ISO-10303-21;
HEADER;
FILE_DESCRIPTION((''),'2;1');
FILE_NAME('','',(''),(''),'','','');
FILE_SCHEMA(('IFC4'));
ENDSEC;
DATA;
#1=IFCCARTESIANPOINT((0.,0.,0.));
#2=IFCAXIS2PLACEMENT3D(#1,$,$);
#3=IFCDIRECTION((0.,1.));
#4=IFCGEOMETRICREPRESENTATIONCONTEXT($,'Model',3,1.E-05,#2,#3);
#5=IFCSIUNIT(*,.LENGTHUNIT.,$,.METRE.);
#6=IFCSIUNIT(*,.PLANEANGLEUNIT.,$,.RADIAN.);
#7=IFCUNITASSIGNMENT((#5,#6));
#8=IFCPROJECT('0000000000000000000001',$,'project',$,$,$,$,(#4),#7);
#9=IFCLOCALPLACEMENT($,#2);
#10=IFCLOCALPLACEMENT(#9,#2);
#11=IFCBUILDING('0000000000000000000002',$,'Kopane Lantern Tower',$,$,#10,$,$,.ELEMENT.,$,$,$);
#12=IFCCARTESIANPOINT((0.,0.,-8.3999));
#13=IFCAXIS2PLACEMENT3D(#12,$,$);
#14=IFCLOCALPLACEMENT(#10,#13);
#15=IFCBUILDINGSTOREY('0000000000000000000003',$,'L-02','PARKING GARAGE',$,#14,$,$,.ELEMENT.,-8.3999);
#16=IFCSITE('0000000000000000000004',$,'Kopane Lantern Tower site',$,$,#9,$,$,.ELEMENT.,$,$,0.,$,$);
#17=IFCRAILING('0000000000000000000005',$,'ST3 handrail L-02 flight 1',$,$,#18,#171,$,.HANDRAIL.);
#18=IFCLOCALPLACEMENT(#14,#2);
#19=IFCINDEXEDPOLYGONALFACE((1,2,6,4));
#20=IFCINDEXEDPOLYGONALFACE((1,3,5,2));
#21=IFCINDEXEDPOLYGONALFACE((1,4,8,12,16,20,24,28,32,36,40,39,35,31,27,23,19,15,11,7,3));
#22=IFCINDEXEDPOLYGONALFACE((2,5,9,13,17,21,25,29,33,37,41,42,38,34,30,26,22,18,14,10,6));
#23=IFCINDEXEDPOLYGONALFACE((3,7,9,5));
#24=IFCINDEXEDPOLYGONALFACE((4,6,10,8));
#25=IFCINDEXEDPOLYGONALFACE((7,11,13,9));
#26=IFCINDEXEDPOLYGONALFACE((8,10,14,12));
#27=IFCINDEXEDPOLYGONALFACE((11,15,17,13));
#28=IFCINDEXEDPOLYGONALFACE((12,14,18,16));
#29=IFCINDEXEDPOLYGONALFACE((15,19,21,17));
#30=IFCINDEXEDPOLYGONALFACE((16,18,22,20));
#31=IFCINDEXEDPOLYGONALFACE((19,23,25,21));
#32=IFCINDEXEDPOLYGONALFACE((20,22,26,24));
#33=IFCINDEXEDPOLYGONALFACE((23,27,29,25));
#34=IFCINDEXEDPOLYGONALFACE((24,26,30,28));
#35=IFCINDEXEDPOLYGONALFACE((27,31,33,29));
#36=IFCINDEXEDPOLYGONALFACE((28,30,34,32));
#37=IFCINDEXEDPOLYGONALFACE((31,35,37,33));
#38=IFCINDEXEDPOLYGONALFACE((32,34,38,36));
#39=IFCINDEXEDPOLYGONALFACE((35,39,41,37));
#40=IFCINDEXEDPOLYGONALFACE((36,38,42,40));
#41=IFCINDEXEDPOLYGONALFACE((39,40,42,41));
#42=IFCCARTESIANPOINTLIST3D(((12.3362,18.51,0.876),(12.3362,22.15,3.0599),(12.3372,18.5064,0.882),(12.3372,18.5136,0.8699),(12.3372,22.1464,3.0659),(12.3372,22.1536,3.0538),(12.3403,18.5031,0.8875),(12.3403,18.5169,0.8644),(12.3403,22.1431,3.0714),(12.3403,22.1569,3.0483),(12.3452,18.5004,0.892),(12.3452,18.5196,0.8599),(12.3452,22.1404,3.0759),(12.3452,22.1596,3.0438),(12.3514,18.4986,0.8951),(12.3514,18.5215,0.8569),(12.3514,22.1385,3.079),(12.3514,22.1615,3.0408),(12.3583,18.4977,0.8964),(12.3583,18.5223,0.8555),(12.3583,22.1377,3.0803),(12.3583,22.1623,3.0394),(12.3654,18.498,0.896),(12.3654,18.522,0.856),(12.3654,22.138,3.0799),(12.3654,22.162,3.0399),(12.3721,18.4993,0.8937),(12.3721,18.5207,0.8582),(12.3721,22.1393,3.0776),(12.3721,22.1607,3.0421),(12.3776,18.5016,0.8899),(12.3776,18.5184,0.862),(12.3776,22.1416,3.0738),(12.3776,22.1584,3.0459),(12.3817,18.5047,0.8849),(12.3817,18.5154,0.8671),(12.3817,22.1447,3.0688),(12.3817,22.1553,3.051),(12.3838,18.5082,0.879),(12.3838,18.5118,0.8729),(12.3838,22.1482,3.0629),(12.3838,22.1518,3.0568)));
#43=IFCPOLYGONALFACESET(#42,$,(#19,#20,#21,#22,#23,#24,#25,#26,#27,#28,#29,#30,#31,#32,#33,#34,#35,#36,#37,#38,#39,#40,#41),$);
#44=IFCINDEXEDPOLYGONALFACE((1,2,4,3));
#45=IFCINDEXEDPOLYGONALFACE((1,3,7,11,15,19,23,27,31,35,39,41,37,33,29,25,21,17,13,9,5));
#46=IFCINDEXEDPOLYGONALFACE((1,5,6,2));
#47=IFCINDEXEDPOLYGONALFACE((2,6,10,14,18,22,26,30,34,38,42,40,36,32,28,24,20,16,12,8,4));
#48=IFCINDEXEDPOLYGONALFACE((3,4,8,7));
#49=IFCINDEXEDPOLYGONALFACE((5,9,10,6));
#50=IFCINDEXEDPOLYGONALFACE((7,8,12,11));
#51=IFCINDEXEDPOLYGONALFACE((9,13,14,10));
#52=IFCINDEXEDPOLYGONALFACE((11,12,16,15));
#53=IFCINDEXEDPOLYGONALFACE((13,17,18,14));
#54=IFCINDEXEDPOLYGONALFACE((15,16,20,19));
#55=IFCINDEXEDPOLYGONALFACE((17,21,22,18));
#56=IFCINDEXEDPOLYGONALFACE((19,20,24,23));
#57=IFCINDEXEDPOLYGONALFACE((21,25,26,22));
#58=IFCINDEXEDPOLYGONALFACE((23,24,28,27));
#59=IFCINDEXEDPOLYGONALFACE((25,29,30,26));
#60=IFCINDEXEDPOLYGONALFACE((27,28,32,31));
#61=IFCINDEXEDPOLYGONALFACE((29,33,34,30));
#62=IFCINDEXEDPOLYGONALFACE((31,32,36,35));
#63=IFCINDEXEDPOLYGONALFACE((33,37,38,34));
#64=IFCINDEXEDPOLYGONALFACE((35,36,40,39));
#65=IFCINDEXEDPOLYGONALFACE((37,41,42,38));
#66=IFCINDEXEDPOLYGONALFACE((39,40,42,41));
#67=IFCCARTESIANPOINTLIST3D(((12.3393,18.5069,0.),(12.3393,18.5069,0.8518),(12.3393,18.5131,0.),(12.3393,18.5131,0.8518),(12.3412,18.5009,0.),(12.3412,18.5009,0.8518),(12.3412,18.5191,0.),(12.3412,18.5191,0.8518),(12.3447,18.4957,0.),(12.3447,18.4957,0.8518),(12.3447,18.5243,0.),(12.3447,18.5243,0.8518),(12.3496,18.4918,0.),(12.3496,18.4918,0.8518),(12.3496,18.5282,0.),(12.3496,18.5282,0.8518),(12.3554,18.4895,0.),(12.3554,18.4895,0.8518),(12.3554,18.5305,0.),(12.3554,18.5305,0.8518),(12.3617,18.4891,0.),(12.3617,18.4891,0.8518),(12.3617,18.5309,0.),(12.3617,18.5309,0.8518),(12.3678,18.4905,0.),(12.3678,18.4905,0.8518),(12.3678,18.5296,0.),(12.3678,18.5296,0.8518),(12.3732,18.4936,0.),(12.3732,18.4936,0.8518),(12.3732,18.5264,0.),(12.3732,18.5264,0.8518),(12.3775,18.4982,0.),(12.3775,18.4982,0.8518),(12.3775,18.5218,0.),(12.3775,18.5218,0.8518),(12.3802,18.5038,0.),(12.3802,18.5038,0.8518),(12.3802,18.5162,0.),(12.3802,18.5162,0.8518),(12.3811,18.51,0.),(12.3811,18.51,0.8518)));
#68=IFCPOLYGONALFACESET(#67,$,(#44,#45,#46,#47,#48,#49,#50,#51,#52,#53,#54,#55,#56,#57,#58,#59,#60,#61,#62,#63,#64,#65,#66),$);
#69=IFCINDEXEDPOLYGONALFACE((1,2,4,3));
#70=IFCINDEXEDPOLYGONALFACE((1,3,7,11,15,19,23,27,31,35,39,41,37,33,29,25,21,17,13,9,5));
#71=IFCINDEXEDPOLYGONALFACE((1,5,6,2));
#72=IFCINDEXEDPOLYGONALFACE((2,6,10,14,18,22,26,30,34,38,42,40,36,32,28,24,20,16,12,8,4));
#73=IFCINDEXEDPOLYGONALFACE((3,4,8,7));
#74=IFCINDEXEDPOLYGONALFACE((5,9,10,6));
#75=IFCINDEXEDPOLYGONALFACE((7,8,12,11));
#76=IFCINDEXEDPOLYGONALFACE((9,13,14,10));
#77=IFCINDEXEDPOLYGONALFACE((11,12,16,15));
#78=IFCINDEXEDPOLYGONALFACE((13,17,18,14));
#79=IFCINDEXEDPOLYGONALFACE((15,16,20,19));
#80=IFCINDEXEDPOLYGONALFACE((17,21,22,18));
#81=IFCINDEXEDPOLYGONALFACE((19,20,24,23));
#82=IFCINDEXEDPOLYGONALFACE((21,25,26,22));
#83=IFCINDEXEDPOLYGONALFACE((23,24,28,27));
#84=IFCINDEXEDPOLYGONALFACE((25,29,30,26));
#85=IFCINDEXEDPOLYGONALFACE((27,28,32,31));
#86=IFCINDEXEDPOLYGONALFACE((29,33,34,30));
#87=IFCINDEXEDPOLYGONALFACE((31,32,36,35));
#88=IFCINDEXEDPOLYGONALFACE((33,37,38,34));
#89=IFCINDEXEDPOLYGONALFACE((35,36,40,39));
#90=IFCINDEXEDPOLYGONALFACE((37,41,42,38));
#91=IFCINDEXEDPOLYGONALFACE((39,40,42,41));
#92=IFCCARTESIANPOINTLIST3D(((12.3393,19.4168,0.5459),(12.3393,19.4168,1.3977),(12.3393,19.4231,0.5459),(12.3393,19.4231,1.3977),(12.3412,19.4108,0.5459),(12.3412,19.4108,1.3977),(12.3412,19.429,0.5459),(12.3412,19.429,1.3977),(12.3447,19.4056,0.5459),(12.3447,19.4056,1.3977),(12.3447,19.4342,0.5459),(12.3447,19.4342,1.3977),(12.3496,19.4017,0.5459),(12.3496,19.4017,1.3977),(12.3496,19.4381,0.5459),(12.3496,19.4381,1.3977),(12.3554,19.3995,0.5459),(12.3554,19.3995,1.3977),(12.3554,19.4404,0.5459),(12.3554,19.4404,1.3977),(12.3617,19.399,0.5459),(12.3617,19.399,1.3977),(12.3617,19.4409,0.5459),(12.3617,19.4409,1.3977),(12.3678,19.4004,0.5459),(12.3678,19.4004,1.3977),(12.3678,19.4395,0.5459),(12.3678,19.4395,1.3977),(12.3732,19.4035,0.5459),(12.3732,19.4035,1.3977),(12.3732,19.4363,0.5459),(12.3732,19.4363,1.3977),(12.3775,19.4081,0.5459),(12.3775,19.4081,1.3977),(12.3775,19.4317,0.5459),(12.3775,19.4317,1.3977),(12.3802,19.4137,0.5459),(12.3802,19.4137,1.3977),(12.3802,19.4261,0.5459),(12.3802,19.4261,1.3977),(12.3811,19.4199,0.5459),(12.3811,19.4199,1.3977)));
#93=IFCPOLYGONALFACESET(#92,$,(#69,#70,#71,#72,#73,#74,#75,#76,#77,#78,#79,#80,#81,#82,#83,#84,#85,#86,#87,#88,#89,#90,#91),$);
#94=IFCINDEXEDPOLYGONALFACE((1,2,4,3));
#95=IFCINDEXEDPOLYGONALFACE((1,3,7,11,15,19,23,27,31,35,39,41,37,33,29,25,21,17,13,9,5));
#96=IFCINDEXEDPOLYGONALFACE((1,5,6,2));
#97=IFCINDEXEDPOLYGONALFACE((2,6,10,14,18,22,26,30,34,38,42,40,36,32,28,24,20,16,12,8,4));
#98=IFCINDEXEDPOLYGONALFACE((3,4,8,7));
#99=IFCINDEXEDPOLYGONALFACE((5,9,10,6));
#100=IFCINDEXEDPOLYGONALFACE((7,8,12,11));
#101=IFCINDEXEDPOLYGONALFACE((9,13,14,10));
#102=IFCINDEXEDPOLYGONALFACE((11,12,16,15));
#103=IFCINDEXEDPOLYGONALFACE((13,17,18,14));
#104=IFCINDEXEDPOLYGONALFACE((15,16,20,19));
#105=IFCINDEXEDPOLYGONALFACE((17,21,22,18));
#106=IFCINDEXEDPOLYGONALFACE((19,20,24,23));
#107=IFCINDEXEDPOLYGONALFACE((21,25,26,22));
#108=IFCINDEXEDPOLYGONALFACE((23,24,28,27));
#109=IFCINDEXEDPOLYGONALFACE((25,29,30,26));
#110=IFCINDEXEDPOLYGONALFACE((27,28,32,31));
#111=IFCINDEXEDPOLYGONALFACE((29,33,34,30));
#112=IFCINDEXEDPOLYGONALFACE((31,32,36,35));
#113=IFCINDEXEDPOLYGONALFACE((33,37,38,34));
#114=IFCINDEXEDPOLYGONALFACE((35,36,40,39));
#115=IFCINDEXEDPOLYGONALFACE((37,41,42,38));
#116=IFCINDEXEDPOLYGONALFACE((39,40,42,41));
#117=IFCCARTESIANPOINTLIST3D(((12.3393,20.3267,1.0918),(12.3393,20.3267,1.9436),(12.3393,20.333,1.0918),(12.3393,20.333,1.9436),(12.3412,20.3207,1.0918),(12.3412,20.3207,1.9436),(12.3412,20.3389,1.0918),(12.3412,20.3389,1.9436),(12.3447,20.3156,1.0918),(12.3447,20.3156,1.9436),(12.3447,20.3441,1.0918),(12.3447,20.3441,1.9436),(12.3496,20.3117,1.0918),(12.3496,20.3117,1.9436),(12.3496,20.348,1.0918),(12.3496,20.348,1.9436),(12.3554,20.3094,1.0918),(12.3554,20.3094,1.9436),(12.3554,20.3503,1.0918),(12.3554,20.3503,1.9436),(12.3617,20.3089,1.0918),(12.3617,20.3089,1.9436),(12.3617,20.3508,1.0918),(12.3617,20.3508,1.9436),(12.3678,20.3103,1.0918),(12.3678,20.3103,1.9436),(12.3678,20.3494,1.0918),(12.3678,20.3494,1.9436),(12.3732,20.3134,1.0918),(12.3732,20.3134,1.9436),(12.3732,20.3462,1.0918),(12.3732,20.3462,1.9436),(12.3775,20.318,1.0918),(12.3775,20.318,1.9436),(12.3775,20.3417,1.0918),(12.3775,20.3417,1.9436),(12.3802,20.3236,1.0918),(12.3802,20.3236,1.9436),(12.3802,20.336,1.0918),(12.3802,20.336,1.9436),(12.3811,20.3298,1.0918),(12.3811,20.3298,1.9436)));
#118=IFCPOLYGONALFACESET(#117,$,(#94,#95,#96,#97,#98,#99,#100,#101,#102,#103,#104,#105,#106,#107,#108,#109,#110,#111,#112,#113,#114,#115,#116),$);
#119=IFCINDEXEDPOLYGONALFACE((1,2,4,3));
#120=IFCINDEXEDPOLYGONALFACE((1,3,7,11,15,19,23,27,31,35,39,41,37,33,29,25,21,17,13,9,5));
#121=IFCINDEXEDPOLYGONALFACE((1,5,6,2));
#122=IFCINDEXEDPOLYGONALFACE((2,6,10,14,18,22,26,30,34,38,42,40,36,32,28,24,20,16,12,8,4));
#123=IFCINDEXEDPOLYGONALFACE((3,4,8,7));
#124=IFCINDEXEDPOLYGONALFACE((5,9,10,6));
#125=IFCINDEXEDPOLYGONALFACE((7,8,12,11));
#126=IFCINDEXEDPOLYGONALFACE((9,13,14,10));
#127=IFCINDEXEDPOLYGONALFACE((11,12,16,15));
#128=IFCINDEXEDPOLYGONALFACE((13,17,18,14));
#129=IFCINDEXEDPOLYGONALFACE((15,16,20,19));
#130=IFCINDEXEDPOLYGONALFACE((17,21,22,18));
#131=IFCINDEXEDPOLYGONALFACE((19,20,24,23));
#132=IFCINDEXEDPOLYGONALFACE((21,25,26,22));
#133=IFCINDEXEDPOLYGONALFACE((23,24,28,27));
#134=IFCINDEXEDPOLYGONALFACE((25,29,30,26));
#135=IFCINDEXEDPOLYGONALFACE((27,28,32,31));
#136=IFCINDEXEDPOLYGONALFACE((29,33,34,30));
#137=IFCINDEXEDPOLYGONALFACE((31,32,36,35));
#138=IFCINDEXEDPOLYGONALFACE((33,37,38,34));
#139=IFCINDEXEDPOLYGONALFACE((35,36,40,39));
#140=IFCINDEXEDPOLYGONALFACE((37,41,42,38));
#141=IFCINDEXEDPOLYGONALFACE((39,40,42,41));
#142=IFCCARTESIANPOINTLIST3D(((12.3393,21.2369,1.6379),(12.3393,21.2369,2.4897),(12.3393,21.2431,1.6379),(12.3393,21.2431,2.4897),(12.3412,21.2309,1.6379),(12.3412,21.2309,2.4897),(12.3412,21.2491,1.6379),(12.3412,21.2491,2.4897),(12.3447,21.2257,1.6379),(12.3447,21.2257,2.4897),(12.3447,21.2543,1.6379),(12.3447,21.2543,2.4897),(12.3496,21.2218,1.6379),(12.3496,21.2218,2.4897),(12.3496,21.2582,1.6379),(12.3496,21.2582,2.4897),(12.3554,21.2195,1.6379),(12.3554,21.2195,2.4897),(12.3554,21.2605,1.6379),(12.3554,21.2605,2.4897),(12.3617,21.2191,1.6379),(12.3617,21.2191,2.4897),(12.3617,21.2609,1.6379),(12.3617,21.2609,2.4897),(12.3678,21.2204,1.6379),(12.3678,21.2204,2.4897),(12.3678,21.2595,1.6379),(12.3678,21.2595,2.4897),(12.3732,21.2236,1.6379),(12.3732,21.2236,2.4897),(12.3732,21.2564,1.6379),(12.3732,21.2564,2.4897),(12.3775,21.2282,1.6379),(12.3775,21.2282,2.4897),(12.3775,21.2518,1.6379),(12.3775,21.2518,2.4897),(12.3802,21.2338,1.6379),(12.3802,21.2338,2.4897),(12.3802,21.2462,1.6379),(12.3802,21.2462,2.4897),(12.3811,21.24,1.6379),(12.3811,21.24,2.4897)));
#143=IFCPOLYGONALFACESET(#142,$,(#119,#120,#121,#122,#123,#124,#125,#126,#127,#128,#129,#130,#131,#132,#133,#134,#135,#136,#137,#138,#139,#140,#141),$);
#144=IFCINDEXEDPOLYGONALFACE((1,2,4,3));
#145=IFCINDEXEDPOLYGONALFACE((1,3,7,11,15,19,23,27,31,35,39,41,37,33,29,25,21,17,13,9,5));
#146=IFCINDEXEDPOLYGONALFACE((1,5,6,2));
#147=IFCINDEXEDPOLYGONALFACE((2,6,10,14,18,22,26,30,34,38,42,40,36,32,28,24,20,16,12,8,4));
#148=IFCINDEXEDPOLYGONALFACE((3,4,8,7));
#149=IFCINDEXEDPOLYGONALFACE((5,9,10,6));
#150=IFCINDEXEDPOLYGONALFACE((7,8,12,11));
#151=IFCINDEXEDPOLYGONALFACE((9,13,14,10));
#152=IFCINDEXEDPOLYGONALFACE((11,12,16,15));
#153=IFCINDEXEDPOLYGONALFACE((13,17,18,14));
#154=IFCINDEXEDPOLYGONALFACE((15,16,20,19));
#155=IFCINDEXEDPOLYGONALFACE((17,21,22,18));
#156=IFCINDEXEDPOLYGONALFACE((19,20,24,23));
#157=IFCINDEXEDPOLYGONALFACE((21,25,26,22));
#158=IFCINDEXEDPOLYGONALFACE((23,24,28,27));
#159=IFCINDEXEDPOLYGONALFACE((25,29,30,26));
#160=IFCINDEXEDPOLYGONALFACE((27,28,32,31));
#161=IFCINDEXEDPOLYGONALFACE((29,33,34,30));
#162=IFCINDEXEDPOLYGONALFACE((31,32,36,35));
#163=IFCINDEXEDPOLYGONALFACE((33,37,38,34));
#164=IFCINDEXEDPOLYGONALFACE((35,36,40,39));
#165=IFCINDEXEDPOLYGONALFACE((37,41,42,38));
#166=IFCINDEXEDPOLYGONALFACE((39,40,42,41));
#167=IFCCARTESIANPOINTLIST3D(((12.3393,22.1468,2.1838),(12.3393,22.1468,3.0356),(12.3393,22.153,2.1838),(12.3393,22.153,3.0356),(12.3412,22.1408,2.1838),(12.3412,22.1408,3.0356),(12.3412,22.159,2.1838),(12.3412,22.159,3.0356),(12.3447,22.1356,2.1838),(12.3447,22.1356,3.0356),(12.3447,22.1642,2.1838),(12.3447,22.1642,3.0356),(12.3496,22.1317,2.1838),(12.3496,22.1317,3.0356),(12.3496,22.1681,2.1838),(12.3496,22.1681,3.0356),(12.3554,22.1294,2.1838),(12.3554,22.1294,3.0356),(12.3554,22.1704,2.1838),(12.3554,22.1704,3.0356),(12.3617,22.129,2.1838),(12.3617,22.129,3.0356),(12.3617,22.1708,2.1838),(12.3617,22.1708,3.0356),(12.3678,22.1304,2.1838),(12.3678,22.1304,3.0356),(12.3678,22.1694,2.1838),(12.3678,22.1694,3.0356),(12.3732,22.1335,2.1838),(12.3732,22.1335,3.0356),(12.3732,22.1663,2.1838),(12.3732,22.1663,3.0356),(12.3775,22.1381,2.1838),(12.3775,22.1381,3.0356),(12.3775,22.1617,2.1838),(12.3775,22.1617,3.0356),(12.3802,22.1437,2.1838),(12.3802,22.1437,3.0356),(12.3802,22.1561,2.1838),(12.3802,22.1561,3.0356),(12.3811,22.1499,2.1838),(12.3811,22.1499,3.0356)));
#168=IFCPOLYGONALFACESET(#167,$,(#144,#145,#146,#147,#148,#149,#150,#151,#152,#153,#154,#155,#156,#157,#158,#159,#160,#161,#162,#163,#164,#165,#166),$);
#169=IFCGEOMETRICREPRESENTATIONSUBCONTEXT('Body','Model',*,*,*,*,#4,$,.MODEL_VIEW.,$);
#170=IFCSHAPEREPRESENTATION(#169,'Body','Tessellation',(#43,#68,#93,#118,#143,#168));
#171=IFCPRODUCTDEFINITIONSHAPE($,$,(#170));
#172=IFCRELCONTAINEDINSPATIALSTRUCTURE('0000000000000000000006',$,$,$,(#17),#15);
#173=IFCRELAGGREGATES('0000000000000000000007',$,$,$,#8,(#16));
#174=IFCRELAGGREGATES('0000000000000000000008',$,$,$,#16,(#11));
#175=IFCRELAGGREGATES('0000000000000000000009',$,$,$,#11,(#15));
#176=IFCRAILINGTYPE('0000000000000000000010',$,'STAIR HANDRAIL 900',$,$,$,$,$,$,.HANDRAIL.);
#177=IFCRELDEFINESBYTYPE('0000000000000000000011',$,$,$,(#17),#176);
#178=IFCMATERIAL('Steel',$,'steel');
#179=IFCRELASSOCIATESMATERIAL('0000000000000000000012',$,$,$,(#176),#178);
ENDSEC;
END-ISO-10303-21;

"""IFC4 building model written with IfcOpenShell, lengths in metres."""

from ifc_helpers import new_model, si_unit, direction, frame, origin, origin_2d, place, context, subcontext, project, spatial, circle, extrude, material, type_object, element, save


model = new_model("IFC4")

# Units and contexts
model_context = context("Model", 3, precision=1e-05, world=origin(), true_north=direction((0.0, 1.0)))
body_context = subcontext(model_context, "Body", "Model", "MODEL_VIEW")
ifc_project = project(units=[si_unit("LENGTHUNIT", "METRE"), si_unit("PLANEANGLEUNIT", "RADIAN")], contexts=[model_context])

# Site, building, storey
site_placement = place(None, origin())
site = spatial("IfcSite", under=ifc_project, at=site_placement, Name="Kopane Lantern Tower site", CompositionType="ELEMENT", RefElevation=0.0)
building_placement = place(site_placement, origin())
building = spatial("IfcBuilding", under=site, at=building_placement, Name="Kopane Lantern Tower", CompositionType="ELEMENT")
storey_placement = place(building_placement, frame((0.0, 0.0, -8.3999)))
storey = spatial("IfcBuildingStorey", under=building, at=storey_placement, Name="L-02", Description="PARKING GARAGE", CompositionType="ELEMENT", Elevation=-8.3999)

# Railing
ifc_material_1 = material(Name="Steel", Category="steel")
railing_type_1 = type_object("IfcRailingType", Name="STAIR HANDRAIL 900", PredefinedType="HANDRAIL", material=ifc_material_1)
for number, where, name in (
    (1, (12.3601, 18.51, 0.0), "ST3 handrail L-02 flight 1"),
):
    element("IfcRailing", number, at=place(storey_placement, frame(where)), inside=storey, type_object=railing_type_1, Name=name, PredefinedType="HANDRAIL", context=body_context, shape_type="SweptSolid", body=[
        extrude(circle(Radius=0.0239, at=origin_2d()), frame((0.0, 0.0, 0.876), z_axis=(0.0, 0.857503, 0.514479), x_axis=(-1.0, 0.0, 0.0)), (0.0, 0.0, 1.0), 4.2449),
        extrude(circle(Radius=0.021, at=origin_2d()), origin(), (0.0, 0.0, 1.0), 0.8518),
        extrude(circle(Radius=0.021, at=origin_2d()), frame((0.0, 0.9099, 0.5459)), (0.0, 0.0, 1.0), 0.8518),
        extrude(circle(Radius=0.021, at=origin_2d()), frame((0.0, 1.8198, 1.0918)), (0.0, 0.0, 1.0), 0.8518),
        extrude(circle(Radius=0.021, at=origin_2d()), frame((0.0, 2.73, 1.6379)), (0.0, 0.0, 1.0), 0.8518),
        extrude(circle(Radius=0.021, at=origin_2d()), frame((0.0, 3.6399, 2.1838)), (0.0, 0.0, 1.0), 0.8518),
    ])

save(model, "model.ifc")
